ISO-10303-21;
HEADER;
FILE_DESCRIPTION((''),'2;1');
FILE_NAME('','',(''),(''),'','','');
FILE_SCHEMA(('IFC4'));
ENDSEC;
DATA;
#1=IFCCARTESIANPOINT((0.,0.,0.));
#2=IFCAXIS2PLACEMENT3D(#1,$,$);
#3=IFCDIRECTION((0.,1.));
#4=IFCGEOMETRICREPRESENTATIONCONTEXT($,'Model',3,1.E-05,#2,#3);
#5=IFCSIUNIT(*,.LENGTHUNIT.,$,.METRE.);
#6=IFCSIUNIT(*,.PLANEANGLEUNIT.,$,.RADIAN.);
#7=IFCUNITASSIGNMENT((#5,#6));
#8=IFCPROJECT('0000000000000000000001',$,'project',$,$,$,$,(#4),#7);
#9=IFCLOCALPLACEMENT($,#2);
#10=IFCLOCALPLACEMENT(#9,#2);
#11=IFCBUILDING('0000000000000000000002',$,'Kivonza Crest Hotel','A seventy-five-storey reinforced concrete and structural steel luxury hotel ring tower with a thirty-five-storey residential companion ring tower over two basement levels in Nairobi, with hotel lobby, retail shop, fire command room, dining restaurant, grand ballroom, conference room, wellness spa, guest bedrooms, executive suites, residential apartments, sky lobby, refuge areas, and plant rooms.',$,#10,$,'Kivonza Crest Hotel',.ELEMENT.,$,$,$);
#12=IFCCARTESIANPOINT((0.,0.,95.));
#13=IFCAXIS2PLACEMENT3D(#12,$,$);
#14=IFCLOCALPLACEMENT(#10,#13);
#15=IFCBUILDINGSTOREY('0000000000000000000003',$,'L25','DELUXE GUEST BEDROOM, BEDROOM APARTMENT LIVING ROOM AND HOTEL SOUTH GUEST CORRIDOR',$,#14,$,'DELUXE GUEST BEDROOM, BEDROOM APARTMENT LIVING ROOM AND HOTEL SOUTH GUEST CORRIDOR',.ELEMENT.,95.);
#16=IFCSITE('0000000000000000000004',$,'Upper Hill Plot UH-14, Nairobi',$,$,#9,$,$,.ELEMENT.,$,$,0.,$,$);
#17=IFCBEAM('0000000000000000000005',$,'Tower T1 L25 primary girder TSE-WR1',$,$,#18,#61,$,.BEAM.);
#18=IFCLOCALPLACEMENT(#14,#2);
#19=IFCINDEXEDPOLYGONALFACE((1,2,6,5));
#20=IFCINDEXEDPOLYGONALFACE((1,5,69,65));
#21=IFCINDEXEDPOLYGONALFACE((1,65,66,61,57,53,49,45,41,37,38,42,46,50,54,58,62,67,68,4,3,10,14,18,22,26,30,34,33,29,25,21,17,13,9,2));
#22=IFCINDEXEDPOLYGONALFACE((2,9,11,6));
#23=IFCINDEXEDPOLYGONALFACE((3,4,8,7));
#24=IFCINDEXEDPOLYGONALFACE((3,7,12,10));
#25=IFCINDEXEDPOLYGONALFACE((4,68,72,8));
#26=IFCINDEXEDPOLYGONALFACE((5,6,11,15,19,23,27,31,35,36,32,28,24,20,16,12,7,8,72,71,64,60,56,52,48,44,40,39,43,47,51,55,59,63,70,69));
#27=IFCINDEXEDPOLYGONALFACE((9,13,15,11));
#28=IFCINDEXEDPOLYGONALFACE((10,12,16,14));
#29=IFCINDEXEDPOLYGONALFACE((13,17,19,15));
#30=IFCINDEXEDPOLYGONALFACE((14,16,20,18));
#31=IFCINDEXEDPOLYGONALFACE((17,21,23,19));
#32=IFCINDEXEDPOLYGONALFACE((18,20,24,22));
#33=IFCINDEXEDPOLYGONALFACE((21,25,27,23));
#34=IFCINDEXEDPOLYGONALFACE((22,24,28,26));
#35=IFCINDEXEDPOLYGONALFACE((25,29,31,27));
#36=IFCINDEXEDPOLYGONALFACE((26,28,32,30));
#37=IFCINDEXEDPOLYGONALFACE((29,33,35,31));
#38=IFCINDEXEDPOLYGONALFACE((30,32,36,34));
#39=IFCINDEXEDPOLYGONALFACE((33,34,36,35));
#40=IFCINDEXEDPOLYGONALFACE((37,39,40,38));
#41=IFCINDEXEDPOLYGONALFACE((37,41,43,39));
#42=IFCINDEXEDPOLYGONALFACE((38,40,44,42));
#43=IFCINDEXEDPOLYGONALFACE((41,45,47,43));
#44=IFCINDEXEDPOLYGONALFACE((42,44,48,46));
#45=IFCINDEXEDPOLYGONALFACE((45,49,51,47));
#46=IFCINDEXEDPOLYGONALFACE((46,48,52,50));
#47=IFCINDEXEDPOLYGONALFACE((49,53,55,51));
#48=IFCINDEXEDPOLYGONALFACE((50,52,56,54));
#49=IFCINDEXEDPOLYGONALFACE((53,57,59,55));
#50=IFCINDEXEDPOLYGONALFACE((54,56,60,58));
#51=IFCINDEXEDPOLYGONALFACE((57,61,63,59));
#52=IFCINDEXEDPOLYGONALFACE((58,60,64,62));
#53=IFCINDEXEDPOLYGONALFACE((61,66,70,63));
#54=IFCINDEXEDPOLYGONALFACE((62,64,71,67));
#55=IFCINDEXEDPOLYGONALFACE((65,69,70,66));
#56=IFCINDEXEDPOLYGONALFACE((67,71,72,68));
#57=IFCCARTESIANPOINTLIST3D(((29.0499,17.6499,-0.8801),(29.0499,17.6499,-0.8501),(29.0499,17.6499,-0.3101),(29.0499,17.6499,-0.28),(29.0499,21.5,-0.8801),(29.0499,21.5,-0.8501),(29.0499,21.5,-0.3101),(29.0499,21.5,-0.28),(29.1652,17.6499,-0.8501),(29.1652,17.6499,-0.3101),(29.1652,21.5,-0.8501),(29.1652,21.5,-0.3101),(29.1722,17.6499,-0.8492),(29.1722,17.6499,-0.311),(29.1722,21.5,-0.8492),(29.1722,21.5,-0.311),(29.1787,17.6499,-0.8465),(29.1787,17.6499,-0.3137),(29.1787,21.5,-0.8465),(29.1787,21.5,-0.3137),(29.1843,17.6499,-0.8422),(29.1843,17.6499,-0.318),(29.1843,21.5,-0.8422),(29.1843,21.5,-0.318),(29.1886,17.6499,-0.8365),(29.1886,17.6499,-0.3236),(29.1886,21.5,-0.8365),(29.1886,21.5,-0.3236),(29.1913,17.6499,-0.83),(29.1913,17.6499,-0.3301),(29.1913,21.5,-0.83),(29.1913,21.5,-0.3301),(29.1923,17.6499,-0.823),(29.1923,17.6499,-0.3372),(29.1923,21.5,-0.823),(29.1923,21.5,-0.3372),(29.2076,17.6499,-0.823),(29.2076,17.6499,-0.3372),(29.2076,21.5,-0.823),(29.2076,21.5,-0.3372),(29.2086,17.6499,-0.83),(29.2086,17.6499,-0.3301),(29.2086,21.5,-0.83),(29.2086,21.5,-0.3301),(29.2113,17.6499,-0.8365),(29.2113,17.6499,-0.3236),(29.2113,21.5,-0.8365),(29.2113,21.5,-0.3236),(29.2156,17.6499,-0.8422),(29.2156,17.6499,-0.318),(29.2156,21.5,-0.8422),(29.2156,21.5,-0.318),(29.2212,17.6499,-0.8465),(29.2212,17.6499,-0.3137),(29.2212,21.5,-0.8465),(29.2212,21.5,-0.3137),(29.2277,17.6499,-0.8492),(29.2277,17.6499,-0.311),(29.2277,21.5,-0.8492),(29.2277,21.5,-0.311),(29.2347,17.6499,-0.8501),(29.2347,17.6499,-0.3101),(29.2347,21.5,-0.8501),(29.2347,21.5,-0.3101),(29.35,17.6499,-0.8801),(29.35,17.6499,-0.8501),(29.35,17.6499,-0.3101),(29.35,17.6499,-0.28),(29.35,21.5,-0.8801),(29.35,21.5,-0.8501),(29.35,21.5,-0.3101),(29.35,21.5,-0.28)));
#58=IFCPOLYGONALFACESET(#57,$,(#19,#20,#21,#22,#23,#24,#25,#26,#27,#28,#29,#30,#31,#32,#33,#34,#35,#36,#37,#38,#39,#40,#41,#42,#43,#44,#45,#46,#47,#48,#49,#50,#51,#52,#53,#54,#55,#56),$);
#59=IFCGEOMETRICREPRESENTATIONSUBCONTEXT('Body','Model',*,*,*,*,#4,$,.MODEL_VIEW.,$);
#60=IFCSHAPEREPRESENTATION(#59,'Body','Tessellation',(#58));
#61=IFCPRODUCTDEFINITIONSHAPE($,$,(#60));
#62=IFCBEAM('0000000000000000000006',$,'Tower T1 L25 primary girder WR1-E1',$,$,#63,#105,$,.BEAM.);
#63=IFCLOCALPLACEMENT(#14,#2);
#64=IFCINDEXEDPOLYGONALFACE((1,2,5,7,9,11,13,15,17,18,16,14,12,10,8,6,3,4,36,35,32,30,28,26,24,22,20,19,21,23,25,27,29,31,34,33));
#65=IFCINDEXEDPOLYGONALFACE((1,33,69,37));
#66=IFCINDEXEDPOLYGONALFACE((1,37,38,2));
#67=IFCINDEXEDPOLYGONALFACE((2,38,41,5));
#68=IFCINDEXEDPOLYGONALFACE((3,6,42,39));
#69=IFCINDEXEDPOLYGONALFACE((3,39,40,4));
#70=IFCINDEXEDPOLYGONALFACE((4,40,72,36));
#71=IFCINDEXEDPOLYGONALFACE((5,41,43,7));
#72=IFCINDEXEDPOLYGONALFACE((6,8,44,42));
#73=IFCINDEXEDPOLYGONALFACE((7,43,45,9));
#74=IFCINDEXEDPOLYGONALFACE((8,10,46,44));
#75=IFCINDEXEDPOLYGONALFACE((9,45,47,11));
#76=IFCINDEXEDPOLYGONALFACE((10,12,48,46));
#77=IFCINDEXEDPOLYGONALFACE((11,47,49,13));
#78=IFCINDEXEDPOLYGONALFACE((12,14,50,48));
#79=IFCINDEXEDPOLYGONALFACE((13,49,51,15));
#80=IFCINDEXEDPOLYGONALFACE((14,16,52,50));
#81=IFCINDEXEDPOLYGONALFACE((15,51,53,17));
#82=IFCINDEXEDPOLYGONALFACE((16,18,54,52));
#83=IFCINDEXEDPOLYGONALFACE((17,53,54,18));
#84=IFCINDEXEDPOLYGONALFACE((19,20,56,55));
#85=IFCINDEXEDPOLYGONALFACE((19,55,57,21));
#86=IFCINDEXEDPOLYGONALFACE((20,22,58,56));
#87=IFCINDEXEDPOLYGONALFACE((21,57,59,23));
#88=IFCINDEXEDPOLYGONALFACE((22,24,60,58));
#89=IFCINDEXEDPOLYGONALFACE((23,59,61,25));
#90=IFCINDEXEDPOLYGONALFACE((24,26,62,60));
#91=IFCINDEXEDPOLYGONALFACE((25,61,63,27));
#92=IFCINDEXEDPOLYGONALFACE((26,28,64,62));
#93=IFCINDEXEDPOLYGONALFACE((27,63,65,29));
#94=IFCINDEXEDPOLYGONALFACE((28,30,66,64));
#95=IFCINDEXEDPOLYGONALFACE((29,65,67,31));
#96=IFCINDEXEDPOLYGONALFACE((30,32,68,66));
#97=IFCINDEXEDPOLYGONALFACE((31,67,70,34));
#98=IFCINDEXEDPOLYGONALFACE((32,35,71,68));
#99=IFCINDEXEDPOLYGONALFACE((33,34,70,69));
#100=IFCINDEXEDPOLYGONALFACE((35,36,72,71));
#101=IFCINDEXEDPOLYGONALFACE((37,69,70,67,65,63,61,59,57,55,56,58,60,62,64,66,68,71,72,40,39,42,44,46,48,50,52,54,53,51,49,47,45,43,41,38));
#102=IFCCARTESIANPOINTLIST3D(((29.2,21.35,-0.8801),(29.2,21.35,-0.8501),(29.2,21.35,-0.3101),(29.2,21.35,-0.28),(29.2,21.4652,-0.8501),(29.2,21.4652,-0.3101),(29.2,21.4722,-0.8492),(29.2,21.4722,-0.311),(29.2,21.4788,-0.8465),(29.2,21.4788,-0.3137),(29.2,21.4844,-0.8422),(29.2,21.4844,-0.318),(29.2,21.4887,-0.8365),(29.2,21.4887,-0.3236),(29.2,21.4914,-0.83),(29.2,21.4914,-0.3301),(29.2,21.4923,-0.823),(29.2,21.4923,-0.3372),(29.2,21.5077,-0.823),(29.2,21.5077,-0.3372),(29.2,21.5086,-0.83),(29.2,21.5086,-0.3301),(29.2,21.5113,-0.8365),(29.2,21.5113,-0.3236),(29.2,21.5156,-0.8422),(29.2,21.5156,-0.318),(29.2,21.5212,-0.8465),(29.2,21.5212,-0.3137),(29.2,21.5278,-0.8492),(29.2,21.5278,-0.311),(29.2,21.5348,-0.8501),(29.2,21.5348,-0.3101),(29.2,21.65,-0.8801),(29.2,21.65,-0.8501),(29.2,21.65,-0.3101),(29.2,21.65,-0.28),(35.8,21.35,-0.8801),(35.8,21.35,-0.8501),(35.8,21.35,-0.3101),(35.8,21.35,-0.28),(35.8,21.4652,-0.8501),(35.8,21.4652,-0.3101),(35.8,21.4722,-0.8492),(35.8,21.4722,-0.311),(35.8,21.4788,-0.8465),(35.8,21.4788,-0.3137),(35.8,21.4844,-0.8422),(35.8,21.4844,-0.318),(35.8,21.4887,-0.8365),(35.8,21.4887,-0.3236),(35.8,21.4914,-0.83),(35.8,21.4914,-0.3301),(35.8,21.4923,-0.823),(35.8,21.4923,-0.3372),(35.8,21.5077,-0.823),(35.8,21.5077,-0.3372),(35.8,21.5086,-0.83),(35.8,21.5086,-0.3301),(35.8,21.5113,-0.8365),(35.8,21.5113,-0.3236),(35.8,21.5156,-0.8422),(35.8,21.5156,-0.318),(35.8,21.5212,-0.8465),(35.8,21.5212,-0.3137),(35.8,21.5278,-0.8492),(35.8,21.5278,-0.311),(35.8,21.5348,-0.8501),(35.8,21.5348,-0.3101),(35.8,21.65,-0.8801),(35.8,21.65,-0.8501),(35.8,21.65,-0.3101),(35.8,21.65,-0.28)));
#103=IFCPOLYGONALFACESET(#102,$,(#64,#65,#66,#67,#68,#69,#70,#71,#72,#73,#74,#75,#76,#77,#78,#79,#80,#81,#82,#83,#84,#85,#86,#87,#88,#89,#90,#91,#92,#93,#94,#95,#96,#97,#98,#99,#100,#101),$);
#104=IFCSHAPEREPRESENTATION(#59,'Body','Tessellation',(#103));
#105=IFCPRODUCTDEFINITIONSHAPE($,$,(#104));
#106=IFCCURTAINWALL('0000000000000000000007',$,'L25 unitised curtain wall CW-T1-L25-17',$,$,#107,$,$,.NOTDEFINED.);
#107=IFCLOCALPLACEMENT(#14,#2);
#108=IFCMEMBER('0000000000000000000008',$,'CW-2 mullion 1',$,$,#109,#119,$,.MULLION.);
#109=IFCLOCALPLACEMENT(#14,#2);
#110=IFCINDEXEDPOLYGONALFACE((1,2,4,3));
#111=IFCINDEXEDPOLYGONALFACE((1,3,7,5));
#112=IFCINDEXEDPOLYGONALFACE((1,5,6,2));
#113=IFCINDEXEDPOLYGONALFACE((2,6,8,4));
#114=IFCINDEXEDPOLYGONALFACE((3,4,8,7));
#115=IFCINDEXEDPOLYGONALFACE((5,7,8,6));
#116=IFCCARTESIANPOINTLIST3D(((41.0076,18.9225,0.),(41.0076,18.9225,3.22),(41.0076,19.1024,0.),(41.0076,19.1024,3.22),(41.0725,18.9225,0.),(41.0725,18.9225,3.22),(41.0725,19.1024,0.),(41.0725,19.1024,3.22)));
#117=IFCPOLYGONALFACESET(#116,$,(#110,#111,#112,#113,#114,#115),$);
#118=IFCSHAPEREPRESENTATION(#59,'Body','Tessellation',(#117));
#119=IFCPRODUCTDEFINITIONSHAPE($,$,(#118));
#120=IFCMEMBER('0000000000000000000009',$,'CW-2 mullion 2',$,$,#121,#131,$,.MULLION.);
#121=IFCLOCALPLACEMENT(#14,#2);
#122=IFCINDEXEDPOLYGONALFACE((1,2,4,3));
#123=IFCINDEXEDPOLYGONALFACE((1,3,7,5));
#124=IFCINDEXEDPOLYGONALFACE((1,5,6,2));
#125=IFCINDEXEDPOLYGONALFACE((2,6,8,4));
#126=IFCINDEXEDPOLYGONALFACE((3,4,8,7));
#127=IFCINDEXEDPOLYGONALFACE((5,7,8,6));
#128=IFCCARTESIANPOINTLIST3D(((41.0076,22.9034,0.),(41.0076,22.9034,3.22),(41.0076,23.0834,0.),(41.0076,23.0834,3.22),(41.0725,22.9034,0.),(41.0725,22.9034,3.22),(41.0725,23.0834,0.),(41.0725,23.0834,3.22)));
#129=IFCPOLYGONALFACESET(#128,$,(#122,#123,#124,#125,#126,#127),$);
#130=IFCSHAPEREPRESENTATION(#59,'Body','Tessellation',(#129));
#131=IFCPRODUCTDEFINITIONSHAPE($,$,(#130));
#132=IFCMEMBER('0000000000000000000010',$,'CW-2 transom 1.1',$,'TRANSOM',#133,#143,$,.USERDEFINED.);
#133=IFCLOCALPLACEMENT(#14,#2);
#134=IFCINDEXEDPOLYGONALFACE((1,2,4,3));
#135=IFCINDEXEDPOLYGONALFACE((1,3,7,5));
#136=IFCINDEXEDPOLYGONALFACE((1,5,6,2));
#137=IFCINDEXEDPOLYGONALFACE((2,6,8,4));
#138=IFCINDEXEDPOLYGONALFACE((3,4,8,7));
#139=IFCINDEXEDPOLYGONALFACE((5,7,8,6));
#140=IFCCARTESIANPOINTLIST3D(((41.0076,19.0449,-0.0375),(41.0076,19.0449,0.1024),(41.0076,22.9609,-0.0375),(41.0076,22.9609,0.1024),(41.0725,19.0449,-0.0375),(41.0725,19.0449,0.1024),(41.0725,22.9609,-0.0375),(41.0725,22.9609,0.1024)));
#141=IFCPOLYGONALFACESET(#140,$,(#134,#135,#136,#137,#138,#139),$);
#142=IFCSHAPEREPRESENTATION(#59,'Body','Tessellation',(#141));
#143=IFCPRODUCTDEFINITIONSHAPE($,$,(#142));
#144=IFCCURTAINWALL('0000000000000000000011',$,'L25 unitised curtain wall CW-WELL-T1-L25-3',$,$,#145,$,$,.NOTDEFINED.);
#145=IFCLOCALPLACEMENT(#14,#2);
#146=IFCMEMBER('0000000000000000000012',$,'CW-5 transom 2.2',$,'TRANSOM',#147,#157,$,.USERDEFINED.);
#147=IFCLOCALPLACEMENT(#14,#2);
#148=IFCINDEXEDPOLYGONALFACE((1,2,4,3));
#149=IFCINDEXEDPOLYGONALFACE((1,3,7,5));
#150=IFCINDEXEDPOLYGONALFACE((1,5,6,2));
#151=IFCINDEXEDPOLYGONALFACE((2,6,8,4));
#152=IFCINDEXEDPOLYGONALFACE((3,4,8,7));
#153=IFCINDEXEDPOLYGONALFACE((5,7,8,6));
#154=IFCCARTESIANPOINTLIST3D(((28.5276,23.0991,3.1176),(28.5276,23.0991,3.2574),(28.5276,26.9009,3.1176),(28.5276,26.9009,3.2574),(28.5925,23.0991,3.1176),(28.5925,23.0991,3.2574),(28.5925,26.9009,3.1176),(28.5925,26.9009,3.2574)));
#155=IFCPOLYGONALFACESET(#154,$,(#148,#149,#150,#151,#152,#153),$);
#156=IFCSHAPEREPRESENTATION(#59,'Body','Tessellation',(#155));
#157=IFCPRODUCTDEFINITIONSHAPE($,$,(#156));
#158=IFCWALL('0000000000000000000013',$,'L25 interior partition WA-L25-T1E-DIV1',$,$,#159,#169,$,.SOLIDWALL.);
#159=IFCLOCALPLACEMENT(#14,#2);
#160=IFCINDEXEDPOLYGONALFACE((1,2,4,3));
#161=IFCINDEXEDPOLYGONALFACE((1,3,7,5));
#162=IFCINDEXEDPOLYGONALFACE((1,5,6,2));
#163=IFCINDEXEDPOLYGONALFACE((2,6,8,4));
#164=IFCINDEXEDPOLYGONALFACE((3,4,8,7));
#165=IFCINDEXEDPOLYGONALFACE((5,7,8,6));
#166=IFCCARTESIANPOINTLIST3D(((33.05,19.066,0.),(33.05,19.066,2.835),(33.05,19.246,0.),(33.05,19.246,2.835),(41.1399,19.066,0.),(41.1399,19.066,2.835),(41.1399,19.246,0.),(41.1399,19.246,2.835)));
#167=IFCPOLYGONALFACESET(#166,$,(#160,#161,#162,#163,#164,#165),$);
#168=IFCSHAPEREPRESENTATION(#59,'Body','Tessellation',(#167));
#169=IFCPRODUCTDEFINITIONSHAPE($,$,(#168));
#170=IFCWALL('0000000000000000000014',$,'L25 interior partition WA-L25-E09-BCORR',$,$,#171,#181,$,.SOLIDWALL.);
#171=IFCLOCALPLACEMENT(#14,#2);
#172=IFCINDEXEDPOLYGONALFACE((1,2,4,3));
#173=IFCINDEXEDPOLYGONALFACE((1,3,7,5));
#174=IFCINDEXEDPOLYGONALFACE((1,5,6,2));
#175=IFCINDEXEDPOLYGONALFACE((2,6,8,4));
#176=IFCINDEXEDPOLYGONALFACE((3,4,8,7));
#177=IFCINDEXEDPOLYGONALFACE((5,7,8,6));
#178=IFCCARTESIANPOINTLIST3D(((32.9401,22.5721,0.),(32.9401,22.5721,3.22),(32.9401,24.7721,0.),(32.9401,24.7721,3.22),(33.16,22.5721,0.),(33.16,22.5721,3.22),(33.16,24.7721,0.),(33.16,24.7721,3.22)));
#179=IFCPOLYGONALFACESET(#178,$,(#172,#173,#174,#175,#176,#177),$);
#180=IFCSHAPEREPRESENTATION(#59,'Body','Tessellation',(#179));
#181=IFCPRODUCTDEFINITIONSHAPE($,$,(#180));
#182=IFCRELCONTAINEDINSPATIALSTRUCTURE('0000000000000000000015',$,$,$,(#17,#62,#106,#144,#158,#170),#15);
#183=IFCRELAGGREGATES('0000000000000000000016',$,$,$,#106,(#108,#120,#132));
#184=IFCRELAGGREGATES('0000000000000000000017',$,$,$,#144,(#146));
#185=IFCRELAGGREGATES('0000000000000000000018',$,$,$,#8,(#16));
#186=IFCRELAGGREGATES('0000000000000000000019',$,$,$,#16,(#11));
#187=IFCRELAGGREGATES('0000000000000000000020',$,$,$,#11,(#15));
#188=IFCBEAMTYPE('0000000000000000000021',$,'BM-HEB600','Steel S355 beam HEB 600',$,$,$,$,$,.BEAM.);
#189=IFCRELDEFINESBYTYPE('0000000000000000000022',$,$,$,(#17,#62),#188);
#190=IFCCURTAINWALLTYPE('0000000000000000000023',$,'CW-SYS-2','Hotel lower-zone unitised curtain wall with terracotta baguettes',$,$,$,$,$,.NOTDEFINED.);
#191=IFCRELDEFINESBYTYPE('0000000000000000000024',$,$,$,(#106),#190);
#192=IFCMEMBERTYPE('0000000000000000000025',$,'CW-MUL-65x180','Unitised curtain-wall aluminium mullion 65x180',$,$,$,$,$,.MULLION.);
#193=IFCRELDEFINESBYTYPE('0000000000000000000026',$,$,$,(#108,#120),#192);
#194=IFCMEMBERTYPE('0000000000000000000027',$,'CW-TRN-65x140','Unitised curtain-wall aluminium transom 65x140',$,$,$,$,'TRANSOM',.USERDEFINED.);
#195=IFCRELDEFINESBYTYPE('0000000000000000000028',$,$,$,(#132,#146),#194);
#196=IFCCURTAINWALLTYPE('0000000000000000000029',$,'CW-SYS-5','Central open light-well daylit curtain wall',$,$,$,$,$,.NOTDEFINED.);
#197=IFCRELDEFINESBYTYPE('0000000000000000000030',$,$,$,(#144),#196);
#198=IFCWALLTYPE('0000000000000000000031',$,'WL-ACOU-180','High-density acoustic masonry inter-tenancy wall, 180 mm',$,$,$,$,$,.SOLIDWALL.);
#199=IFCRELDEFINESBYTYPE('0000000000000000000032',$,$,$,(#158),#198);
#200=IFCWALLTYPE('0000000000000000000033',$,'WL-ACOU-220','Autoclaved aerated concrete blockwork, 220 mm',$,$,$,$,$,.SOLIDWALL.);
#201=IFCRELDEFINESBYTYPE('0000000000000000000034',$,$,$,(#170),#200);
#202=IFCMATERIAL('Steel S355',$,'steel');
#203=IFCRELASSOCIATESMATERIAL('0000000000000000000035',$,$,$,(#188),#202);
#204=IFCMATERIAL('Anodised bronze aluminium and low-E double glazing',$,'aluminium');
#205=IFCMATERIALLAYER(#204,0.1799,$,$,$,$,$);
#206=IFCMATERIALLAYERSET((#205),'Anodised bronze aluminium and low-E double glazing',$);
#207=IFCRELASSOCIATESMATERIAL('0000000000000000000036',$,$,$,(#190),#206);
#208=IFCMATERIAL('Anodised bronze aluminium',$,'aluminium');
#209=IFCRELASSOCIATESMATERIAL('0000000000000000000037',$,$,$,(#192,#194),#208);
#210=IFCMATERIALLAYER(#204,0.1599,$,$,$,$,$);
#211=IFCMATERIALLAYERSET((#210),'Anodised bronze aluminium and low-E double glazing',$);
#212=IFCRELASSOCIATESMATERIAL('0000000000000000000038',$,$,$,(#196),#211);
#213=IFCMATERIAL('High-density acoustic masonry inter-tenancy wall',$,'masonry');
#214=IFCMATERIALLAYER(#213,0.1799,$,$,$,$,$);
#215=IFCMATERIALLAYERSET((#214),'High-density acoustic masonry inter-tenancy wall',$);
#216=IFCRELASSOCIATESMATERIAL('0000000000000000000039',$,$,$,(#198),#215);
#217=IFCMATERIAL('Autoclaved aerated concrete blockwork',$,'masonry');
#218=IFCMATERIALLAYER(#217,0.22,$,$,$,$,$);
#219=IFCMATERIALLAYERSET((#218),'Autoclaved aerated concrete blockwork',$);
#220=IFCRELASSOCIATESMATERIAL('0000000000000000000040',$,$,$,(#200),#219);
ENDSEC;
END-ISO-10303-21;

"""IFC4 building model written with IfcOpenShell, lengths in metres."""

from ifc_helpers import new_model, si_unit, direction, frame, frame_2d, origin, origin_2d, place, context, subcontext, project, spatial, rectangle, i_section, extrude, material, layer, layer_set, material_profile, profile_set, type_object, element, aggregate, save


model = new_model("IFC4")

# Units and contexts
model_context = context("Model", 3, precision=1e-05, world=origin(), true_north=direction((0.0, 1.0)))
body_context = subcontext(model_context, "Body", "Model", "MODEL_VIEW")
ifc_project = project(units=[si_unit("LENGTHUNIT", "METRE"), si_unit("PLANEANGLEUNIT", "RADIAN")], contexts=[model_context])

# Site, building, storey
site_placement = place(None, origin())
site = spatial("IfcSite", under=ifc_project, at=site_placement, Name="Upper Hill Plot UH-14, Nairobi", CompositionType="ELEMENT", RefElevation=0.0)
building_placement = place(site_placement, origin())
building = spatial("IfcBuilding", under=site, at=building_placement, Name="Kivonza Crest Hotel", Description="A seventy-five-storey reinforced concrete and structural steel luxury hotel ring tower with a thirty-five-storey residential companion ring tower over two basement levels in Nairobi, with hotel lobby, retail shop, fire command room, dining restaurant, grand ballroom, conference room, wellness spa, guest bedrooms, executive suites, residential apartments, sky lobby, refuge areas, and plant rooms.", LongName="Kivonza Crest Hotel", CompositionType="ELEMENT")
storey_placement = place(building_placement, frame((0.0, 0.0, 95.0)))
storey = spatial("IfcBuildingStorey", under=building, at=storey_placement, Name="L25", Description="DELUXE GUEST BEDROOM, BEDROOM APARTMENT LIVING ROOM AND HOTEL SOUTH GUEST CORRIDOR", LongName="DELUXE GUEST BEDROOM, BEDROOM APARTMENT LIVING ROOM AND HOTEL SOUTH GUEST CORRIDOR", CompositionType="ELEMENT", Elevation=95.0)

# Beams
ifc_material_1 = material(Name="Steel S355", Category="steel")
ifc_material_profile_1 = material_profile(ifc_material_1, i_section(OverallWidth=0.3, OverallDepth=0.6001, WebThickness=0.0154, FlangeThickness=0.03, FilletRadius=0.0271, at=origin_2d()), Name="HEB 600")
ifc_profile_set_1 = profile_set([ifc_material_profile_1], Name="Steel S355")
beam_type_1 = type_object("IfcBeamType", Name="BM-HEB600", Description="Steel S355 beam HEB 600", PredefinedType="BEAM", material=ifc_profile_set_1)
beam_1_placement = place(storey_placement, frame((29.2, 17.6499, -0.5801), z_axis=(0.0, 1.0, 0.0), x_axis=(-1.0, 0.0, 0.0)))
element("IfcBeam", 1, at=beam_1_placement, inside=storey, type_object=beam_type_1, Name="Tower T1 L25 primary girder TSE-WR1", PredefinedType="BEAM", context=body_context, shape_type="SweptSolid", body=[
    extrude(i_section(OverallWidth=0.3, OverallDepth=0.6001, WebThickness=0.0154, FlangeThickness=0.03, FilletRadius=0.0271, at=origin_2d()), origin(), (0.0, 0.0, 1.0), 3.8501),
])
beam_2_placement = place(storey_placement, frame((29.2, 21.5, -0.5801), z_axis=(1.0, 0.0, 0.0), x_axis=(0.0, 1.0, 0.0)))
element("IfcBeam", 2, at=beam_2_placement, inside=storey, type_object=beam_type_1, Name="Tower T1 L25 primary girder WR1-E1", PredefinedType="BEAM", context=body_context, shape_type="SweptSolid", body=[
    extrude(i_section(OverallWidth=0.3, OverallDepth=0.6001, WebThickness=0.0154, FlangeThickness=0.03, FilletRadius=0.0271, at=origin_2d()), origin(), (0.0, 0.0, 1.0), 6.6001),
])

# Curtain wall, members
ifc_material_2 = material(Name="Anodised bronze aluminium and low-E double glazing", Category="aluminium")
ifc_layer_1 = layer(ifc_material_2, 0.1799)
ifc_layer_set_1 = layer_set([ifc_layer_1], Name="Anodised bronze aluminium and low-E double glazing")
curtain_wall_type_1 = type_object("IfcCurtainWallType", Name="CW-SYS-2", Description="Hotel lower-zone unitised curtain wall with terracotta baguettes", PredefinedType="NOTDEFINED", material=ifc_layer_set_1)
curtain_wall_1_placement = place(storey_placement, origin())
curtain_wall_1 = element("IfcCurtainWall", 3, at=curtain_wall_1_placement, inside=storey, type_object=curtain_wall_type_1, Name="L25 unitised curtain wall CW-T1-L25-17", PredefinedType="NOTDEFINED")
ifc_material_3 = material(Name="Anodised bronze aluminium", Category="aluminium")
ifc_material_profile_2 = material_profile(ifc_material_3, rectangle(XDim=0.0649, YDim=0.1799, at=origin_2d()), Name="CW-M 65x180")
ifc_profile_set_2 = profile_set([ifc_material_profile_2], Name="Anodised bronze aluminium")
member_type_1 = type_object("IfcMemberType", Name="CW-MUL-65x180", Description="Unitised curtain-wall aluminium mullion 65x180", PredefinedType="MULLION", material=ifc_profile_set_2)
member_1_placement = place(storey_placement, frame((41.04, 19.0125, 0.0), z_axis=(0.0, 0.0, 1.0), x_axis=(-1.0, 0.0, 0.0)))
member_1 = element("IfcMember", 4, at=member_1_placement, type_object=member_type_1, Name="CW-2 mullion 1", PredefinedType="MULLION", context=body_context, shape_type="SweptSolid", body=[
    extrude(rectangle(XDim=0.0649, YDim=0.1799, at=origin_2d()), origin(), (0.0, 0.0, 1.0), 3.22),
])
member_2_placement = place(storey_placement, frame((41.04, 22.9934, 0.0), z_axis=(0.0, 0.0, 1.0), x_axis=(-1.0, 0.0, 0.0)))
member_2 = element("IfcMember", 5, at=member_2_placement, type_object=member_type_1, Name="CW-2 mullion 2", PredefinedType="MULLION", context=body_context, shape_type="SweptSolid", body=[
    extrude(rectangle(XDim=0.0649, YDim=0.1799, at=origin_2d()), origin(), (0.0, 0.0, 1.0), 3.22),
])
ifc_material_profile_3 = material_profile(ifc_material_3, rectangle(XDim=0.0649, YDim=0.1399, at=origin_2d()), Name="CW-T 65x140")
ifc_profile_set_3 = profile_set([ifc_material_profile_3], Name="Anodised bronze aluminium")
member_type_2 = type_object("IfcMemberType", Name="CW-TRN-65x140", Description="Unitised curtain-wall aluminium transom 65x140", ElementType="TRANSOM", PredefinedType="USERDEFINED", material=ifc_profile_set_3)
member_3_placement = place(storey_placement, frame((41.04, 19.0449, 0.0325), z_axis=(0.0, 1.0, 0.0), x_axis=(-1.0, 0.0, 0.0)))
member_3 = element("IfcMember", 6, at=member_3_placement, type_object=member_type_2, Name="CW-2 transom 1.1", ObjectType="TRANSOM", PredefinedType="USERDEFINED", context=body_context, shape_type="SweptSolid", body=[
    extrude(rectangle(XDim=0.0649, YDim=0.1399, at=origin_2d()), origin(), (0.0, 0.0, 1.0), 3.916),
])
aggregate(curtain_wall_1, [member_1, member_2, member_3])

# Curtain wall, member
ifc_layer_2 = layer(ifc_material_2, 0.1599)
ifc_layer_set_2 = layer_set([ifc_layer_2], Name="Anodised bronze aluminium and low-E double glazing")
curtain_wall_type_2 = type_object("IfcCurtainWallType", Name="CW-SYS-5", Description="Central open light-well daylit curtain wall", PredefinedType="NOTDEFINED", material=ifc_layer_set_2)
curtain_wall_2_placement = place(storey_placement, origin())
curtain_wall_2 = element("IfcCurtainWall", 7, at=curtain_wall_2_placement, inside=storey, type_object=curtain_wall_type_2, Name="L25 unitised curtain wall CW-WELL-T1-L25-3", PredefinedType="NOTDEFINED")
member_4_placement = place(storey_placement, frame((28.5601, 23.0991, 3.1875), z_axis=(0.0, 1.0, 0.0), x_axis=(-1.0, 0.0, 0.0)))
member_4 = element("IfcMember", 8, at=member_4_placement, type_object=member_type_2, Name="CW-5 transom 2.2", ObjectType="TRANSOM", PredefinedType="USERDEFINED", context=body_context, shape_type="SweptSolid", body=[
    extrude(rectangle(XDim=0.0649, YDim=0.1399, at=origin_2d()), origin(), (0.0, 0.0, 1.0), 3.8018),
])
aggregate(curtain_wall_2, [member_4])

# Walls
ifc_material_4 = material(Name="High-density acoustic masonry inter-tenancy wall", Category="masonry")
ifc_layer_3 = layer(ifc_material_4, 0.1799)
ifc_layer_set_3 = layer_set([ifc_layer_3], Name="High-density acoustic masonry inter-tenancy wall")
wall_type_1 = type_object("IfcWallType", Name="WL-ACOU-180", Description="High-density acoustic masonry inter-tenancy wall, 180 mm", PredefinedType="SOLIDWALL", material=ifc_layer_set_3)
wall_1_placement = place(storey_placement, frame((33.05, 19.156, 0.0), z_axis=(0.0, 0.0, 1.0), x_axis=(1.0, 0.0, 0.0)))
element("IfcWall", 9, at=wall_1_placement, inside=storey, type_object=wall_type_1, Name="L25 interior partition WA-L25-T1E-DIV1", PredefinedType="SOLIDWALL", context=body_context, shape_type="SweptSolid", body=[
    extrude(rectangle(XDim=8.0898, YDim=0.1799, at=frame_2d((4.0449, 0.0))), origin(), (0.0, 0.0, 1.0), 2.835),
])
ifc_material_5 = material(Name="Autoclaved aerated concrete blockwork", Category="masonry")
ifc_layer_4 = layer(ifc_material_5, 0.22)
ifc_layer_set_4 = layer_set([ifc_layer_4], Name="Autoclaved aerated concrete blockwork")
wall_type_2 = type_object("IfcWallType", Name="WL-ACOU-220", Description="Autoclaved aerated concrete blockwork, 220 mm", PredefinedType="SOLIDWALL", material=ifc_layer_set_4)
wall_2_placement = place(storey_placement, frame((33.05, 22.572, 0.0), z_axis=(0.0, 0.0, 1.0), x_axis=(0.0, 1.0, 0.0)))
element("IfcWall", 10, at=wall_2_placement, inside=storey, type_object=wall_type_2, Name="L25 interior partition WA-L25-E09-BCORR", PredefinedType="SOLIDWALL", context=body_context, shape_type="SweptSolid", body=[
    extrude(rectangle(XDim=2.2, YDim=0.22, at=frame_2d((1.1001, 0.0))), origin(), (0.0, 0.0, 1.0), 3.22),
])

save(model, "model.ifc")
